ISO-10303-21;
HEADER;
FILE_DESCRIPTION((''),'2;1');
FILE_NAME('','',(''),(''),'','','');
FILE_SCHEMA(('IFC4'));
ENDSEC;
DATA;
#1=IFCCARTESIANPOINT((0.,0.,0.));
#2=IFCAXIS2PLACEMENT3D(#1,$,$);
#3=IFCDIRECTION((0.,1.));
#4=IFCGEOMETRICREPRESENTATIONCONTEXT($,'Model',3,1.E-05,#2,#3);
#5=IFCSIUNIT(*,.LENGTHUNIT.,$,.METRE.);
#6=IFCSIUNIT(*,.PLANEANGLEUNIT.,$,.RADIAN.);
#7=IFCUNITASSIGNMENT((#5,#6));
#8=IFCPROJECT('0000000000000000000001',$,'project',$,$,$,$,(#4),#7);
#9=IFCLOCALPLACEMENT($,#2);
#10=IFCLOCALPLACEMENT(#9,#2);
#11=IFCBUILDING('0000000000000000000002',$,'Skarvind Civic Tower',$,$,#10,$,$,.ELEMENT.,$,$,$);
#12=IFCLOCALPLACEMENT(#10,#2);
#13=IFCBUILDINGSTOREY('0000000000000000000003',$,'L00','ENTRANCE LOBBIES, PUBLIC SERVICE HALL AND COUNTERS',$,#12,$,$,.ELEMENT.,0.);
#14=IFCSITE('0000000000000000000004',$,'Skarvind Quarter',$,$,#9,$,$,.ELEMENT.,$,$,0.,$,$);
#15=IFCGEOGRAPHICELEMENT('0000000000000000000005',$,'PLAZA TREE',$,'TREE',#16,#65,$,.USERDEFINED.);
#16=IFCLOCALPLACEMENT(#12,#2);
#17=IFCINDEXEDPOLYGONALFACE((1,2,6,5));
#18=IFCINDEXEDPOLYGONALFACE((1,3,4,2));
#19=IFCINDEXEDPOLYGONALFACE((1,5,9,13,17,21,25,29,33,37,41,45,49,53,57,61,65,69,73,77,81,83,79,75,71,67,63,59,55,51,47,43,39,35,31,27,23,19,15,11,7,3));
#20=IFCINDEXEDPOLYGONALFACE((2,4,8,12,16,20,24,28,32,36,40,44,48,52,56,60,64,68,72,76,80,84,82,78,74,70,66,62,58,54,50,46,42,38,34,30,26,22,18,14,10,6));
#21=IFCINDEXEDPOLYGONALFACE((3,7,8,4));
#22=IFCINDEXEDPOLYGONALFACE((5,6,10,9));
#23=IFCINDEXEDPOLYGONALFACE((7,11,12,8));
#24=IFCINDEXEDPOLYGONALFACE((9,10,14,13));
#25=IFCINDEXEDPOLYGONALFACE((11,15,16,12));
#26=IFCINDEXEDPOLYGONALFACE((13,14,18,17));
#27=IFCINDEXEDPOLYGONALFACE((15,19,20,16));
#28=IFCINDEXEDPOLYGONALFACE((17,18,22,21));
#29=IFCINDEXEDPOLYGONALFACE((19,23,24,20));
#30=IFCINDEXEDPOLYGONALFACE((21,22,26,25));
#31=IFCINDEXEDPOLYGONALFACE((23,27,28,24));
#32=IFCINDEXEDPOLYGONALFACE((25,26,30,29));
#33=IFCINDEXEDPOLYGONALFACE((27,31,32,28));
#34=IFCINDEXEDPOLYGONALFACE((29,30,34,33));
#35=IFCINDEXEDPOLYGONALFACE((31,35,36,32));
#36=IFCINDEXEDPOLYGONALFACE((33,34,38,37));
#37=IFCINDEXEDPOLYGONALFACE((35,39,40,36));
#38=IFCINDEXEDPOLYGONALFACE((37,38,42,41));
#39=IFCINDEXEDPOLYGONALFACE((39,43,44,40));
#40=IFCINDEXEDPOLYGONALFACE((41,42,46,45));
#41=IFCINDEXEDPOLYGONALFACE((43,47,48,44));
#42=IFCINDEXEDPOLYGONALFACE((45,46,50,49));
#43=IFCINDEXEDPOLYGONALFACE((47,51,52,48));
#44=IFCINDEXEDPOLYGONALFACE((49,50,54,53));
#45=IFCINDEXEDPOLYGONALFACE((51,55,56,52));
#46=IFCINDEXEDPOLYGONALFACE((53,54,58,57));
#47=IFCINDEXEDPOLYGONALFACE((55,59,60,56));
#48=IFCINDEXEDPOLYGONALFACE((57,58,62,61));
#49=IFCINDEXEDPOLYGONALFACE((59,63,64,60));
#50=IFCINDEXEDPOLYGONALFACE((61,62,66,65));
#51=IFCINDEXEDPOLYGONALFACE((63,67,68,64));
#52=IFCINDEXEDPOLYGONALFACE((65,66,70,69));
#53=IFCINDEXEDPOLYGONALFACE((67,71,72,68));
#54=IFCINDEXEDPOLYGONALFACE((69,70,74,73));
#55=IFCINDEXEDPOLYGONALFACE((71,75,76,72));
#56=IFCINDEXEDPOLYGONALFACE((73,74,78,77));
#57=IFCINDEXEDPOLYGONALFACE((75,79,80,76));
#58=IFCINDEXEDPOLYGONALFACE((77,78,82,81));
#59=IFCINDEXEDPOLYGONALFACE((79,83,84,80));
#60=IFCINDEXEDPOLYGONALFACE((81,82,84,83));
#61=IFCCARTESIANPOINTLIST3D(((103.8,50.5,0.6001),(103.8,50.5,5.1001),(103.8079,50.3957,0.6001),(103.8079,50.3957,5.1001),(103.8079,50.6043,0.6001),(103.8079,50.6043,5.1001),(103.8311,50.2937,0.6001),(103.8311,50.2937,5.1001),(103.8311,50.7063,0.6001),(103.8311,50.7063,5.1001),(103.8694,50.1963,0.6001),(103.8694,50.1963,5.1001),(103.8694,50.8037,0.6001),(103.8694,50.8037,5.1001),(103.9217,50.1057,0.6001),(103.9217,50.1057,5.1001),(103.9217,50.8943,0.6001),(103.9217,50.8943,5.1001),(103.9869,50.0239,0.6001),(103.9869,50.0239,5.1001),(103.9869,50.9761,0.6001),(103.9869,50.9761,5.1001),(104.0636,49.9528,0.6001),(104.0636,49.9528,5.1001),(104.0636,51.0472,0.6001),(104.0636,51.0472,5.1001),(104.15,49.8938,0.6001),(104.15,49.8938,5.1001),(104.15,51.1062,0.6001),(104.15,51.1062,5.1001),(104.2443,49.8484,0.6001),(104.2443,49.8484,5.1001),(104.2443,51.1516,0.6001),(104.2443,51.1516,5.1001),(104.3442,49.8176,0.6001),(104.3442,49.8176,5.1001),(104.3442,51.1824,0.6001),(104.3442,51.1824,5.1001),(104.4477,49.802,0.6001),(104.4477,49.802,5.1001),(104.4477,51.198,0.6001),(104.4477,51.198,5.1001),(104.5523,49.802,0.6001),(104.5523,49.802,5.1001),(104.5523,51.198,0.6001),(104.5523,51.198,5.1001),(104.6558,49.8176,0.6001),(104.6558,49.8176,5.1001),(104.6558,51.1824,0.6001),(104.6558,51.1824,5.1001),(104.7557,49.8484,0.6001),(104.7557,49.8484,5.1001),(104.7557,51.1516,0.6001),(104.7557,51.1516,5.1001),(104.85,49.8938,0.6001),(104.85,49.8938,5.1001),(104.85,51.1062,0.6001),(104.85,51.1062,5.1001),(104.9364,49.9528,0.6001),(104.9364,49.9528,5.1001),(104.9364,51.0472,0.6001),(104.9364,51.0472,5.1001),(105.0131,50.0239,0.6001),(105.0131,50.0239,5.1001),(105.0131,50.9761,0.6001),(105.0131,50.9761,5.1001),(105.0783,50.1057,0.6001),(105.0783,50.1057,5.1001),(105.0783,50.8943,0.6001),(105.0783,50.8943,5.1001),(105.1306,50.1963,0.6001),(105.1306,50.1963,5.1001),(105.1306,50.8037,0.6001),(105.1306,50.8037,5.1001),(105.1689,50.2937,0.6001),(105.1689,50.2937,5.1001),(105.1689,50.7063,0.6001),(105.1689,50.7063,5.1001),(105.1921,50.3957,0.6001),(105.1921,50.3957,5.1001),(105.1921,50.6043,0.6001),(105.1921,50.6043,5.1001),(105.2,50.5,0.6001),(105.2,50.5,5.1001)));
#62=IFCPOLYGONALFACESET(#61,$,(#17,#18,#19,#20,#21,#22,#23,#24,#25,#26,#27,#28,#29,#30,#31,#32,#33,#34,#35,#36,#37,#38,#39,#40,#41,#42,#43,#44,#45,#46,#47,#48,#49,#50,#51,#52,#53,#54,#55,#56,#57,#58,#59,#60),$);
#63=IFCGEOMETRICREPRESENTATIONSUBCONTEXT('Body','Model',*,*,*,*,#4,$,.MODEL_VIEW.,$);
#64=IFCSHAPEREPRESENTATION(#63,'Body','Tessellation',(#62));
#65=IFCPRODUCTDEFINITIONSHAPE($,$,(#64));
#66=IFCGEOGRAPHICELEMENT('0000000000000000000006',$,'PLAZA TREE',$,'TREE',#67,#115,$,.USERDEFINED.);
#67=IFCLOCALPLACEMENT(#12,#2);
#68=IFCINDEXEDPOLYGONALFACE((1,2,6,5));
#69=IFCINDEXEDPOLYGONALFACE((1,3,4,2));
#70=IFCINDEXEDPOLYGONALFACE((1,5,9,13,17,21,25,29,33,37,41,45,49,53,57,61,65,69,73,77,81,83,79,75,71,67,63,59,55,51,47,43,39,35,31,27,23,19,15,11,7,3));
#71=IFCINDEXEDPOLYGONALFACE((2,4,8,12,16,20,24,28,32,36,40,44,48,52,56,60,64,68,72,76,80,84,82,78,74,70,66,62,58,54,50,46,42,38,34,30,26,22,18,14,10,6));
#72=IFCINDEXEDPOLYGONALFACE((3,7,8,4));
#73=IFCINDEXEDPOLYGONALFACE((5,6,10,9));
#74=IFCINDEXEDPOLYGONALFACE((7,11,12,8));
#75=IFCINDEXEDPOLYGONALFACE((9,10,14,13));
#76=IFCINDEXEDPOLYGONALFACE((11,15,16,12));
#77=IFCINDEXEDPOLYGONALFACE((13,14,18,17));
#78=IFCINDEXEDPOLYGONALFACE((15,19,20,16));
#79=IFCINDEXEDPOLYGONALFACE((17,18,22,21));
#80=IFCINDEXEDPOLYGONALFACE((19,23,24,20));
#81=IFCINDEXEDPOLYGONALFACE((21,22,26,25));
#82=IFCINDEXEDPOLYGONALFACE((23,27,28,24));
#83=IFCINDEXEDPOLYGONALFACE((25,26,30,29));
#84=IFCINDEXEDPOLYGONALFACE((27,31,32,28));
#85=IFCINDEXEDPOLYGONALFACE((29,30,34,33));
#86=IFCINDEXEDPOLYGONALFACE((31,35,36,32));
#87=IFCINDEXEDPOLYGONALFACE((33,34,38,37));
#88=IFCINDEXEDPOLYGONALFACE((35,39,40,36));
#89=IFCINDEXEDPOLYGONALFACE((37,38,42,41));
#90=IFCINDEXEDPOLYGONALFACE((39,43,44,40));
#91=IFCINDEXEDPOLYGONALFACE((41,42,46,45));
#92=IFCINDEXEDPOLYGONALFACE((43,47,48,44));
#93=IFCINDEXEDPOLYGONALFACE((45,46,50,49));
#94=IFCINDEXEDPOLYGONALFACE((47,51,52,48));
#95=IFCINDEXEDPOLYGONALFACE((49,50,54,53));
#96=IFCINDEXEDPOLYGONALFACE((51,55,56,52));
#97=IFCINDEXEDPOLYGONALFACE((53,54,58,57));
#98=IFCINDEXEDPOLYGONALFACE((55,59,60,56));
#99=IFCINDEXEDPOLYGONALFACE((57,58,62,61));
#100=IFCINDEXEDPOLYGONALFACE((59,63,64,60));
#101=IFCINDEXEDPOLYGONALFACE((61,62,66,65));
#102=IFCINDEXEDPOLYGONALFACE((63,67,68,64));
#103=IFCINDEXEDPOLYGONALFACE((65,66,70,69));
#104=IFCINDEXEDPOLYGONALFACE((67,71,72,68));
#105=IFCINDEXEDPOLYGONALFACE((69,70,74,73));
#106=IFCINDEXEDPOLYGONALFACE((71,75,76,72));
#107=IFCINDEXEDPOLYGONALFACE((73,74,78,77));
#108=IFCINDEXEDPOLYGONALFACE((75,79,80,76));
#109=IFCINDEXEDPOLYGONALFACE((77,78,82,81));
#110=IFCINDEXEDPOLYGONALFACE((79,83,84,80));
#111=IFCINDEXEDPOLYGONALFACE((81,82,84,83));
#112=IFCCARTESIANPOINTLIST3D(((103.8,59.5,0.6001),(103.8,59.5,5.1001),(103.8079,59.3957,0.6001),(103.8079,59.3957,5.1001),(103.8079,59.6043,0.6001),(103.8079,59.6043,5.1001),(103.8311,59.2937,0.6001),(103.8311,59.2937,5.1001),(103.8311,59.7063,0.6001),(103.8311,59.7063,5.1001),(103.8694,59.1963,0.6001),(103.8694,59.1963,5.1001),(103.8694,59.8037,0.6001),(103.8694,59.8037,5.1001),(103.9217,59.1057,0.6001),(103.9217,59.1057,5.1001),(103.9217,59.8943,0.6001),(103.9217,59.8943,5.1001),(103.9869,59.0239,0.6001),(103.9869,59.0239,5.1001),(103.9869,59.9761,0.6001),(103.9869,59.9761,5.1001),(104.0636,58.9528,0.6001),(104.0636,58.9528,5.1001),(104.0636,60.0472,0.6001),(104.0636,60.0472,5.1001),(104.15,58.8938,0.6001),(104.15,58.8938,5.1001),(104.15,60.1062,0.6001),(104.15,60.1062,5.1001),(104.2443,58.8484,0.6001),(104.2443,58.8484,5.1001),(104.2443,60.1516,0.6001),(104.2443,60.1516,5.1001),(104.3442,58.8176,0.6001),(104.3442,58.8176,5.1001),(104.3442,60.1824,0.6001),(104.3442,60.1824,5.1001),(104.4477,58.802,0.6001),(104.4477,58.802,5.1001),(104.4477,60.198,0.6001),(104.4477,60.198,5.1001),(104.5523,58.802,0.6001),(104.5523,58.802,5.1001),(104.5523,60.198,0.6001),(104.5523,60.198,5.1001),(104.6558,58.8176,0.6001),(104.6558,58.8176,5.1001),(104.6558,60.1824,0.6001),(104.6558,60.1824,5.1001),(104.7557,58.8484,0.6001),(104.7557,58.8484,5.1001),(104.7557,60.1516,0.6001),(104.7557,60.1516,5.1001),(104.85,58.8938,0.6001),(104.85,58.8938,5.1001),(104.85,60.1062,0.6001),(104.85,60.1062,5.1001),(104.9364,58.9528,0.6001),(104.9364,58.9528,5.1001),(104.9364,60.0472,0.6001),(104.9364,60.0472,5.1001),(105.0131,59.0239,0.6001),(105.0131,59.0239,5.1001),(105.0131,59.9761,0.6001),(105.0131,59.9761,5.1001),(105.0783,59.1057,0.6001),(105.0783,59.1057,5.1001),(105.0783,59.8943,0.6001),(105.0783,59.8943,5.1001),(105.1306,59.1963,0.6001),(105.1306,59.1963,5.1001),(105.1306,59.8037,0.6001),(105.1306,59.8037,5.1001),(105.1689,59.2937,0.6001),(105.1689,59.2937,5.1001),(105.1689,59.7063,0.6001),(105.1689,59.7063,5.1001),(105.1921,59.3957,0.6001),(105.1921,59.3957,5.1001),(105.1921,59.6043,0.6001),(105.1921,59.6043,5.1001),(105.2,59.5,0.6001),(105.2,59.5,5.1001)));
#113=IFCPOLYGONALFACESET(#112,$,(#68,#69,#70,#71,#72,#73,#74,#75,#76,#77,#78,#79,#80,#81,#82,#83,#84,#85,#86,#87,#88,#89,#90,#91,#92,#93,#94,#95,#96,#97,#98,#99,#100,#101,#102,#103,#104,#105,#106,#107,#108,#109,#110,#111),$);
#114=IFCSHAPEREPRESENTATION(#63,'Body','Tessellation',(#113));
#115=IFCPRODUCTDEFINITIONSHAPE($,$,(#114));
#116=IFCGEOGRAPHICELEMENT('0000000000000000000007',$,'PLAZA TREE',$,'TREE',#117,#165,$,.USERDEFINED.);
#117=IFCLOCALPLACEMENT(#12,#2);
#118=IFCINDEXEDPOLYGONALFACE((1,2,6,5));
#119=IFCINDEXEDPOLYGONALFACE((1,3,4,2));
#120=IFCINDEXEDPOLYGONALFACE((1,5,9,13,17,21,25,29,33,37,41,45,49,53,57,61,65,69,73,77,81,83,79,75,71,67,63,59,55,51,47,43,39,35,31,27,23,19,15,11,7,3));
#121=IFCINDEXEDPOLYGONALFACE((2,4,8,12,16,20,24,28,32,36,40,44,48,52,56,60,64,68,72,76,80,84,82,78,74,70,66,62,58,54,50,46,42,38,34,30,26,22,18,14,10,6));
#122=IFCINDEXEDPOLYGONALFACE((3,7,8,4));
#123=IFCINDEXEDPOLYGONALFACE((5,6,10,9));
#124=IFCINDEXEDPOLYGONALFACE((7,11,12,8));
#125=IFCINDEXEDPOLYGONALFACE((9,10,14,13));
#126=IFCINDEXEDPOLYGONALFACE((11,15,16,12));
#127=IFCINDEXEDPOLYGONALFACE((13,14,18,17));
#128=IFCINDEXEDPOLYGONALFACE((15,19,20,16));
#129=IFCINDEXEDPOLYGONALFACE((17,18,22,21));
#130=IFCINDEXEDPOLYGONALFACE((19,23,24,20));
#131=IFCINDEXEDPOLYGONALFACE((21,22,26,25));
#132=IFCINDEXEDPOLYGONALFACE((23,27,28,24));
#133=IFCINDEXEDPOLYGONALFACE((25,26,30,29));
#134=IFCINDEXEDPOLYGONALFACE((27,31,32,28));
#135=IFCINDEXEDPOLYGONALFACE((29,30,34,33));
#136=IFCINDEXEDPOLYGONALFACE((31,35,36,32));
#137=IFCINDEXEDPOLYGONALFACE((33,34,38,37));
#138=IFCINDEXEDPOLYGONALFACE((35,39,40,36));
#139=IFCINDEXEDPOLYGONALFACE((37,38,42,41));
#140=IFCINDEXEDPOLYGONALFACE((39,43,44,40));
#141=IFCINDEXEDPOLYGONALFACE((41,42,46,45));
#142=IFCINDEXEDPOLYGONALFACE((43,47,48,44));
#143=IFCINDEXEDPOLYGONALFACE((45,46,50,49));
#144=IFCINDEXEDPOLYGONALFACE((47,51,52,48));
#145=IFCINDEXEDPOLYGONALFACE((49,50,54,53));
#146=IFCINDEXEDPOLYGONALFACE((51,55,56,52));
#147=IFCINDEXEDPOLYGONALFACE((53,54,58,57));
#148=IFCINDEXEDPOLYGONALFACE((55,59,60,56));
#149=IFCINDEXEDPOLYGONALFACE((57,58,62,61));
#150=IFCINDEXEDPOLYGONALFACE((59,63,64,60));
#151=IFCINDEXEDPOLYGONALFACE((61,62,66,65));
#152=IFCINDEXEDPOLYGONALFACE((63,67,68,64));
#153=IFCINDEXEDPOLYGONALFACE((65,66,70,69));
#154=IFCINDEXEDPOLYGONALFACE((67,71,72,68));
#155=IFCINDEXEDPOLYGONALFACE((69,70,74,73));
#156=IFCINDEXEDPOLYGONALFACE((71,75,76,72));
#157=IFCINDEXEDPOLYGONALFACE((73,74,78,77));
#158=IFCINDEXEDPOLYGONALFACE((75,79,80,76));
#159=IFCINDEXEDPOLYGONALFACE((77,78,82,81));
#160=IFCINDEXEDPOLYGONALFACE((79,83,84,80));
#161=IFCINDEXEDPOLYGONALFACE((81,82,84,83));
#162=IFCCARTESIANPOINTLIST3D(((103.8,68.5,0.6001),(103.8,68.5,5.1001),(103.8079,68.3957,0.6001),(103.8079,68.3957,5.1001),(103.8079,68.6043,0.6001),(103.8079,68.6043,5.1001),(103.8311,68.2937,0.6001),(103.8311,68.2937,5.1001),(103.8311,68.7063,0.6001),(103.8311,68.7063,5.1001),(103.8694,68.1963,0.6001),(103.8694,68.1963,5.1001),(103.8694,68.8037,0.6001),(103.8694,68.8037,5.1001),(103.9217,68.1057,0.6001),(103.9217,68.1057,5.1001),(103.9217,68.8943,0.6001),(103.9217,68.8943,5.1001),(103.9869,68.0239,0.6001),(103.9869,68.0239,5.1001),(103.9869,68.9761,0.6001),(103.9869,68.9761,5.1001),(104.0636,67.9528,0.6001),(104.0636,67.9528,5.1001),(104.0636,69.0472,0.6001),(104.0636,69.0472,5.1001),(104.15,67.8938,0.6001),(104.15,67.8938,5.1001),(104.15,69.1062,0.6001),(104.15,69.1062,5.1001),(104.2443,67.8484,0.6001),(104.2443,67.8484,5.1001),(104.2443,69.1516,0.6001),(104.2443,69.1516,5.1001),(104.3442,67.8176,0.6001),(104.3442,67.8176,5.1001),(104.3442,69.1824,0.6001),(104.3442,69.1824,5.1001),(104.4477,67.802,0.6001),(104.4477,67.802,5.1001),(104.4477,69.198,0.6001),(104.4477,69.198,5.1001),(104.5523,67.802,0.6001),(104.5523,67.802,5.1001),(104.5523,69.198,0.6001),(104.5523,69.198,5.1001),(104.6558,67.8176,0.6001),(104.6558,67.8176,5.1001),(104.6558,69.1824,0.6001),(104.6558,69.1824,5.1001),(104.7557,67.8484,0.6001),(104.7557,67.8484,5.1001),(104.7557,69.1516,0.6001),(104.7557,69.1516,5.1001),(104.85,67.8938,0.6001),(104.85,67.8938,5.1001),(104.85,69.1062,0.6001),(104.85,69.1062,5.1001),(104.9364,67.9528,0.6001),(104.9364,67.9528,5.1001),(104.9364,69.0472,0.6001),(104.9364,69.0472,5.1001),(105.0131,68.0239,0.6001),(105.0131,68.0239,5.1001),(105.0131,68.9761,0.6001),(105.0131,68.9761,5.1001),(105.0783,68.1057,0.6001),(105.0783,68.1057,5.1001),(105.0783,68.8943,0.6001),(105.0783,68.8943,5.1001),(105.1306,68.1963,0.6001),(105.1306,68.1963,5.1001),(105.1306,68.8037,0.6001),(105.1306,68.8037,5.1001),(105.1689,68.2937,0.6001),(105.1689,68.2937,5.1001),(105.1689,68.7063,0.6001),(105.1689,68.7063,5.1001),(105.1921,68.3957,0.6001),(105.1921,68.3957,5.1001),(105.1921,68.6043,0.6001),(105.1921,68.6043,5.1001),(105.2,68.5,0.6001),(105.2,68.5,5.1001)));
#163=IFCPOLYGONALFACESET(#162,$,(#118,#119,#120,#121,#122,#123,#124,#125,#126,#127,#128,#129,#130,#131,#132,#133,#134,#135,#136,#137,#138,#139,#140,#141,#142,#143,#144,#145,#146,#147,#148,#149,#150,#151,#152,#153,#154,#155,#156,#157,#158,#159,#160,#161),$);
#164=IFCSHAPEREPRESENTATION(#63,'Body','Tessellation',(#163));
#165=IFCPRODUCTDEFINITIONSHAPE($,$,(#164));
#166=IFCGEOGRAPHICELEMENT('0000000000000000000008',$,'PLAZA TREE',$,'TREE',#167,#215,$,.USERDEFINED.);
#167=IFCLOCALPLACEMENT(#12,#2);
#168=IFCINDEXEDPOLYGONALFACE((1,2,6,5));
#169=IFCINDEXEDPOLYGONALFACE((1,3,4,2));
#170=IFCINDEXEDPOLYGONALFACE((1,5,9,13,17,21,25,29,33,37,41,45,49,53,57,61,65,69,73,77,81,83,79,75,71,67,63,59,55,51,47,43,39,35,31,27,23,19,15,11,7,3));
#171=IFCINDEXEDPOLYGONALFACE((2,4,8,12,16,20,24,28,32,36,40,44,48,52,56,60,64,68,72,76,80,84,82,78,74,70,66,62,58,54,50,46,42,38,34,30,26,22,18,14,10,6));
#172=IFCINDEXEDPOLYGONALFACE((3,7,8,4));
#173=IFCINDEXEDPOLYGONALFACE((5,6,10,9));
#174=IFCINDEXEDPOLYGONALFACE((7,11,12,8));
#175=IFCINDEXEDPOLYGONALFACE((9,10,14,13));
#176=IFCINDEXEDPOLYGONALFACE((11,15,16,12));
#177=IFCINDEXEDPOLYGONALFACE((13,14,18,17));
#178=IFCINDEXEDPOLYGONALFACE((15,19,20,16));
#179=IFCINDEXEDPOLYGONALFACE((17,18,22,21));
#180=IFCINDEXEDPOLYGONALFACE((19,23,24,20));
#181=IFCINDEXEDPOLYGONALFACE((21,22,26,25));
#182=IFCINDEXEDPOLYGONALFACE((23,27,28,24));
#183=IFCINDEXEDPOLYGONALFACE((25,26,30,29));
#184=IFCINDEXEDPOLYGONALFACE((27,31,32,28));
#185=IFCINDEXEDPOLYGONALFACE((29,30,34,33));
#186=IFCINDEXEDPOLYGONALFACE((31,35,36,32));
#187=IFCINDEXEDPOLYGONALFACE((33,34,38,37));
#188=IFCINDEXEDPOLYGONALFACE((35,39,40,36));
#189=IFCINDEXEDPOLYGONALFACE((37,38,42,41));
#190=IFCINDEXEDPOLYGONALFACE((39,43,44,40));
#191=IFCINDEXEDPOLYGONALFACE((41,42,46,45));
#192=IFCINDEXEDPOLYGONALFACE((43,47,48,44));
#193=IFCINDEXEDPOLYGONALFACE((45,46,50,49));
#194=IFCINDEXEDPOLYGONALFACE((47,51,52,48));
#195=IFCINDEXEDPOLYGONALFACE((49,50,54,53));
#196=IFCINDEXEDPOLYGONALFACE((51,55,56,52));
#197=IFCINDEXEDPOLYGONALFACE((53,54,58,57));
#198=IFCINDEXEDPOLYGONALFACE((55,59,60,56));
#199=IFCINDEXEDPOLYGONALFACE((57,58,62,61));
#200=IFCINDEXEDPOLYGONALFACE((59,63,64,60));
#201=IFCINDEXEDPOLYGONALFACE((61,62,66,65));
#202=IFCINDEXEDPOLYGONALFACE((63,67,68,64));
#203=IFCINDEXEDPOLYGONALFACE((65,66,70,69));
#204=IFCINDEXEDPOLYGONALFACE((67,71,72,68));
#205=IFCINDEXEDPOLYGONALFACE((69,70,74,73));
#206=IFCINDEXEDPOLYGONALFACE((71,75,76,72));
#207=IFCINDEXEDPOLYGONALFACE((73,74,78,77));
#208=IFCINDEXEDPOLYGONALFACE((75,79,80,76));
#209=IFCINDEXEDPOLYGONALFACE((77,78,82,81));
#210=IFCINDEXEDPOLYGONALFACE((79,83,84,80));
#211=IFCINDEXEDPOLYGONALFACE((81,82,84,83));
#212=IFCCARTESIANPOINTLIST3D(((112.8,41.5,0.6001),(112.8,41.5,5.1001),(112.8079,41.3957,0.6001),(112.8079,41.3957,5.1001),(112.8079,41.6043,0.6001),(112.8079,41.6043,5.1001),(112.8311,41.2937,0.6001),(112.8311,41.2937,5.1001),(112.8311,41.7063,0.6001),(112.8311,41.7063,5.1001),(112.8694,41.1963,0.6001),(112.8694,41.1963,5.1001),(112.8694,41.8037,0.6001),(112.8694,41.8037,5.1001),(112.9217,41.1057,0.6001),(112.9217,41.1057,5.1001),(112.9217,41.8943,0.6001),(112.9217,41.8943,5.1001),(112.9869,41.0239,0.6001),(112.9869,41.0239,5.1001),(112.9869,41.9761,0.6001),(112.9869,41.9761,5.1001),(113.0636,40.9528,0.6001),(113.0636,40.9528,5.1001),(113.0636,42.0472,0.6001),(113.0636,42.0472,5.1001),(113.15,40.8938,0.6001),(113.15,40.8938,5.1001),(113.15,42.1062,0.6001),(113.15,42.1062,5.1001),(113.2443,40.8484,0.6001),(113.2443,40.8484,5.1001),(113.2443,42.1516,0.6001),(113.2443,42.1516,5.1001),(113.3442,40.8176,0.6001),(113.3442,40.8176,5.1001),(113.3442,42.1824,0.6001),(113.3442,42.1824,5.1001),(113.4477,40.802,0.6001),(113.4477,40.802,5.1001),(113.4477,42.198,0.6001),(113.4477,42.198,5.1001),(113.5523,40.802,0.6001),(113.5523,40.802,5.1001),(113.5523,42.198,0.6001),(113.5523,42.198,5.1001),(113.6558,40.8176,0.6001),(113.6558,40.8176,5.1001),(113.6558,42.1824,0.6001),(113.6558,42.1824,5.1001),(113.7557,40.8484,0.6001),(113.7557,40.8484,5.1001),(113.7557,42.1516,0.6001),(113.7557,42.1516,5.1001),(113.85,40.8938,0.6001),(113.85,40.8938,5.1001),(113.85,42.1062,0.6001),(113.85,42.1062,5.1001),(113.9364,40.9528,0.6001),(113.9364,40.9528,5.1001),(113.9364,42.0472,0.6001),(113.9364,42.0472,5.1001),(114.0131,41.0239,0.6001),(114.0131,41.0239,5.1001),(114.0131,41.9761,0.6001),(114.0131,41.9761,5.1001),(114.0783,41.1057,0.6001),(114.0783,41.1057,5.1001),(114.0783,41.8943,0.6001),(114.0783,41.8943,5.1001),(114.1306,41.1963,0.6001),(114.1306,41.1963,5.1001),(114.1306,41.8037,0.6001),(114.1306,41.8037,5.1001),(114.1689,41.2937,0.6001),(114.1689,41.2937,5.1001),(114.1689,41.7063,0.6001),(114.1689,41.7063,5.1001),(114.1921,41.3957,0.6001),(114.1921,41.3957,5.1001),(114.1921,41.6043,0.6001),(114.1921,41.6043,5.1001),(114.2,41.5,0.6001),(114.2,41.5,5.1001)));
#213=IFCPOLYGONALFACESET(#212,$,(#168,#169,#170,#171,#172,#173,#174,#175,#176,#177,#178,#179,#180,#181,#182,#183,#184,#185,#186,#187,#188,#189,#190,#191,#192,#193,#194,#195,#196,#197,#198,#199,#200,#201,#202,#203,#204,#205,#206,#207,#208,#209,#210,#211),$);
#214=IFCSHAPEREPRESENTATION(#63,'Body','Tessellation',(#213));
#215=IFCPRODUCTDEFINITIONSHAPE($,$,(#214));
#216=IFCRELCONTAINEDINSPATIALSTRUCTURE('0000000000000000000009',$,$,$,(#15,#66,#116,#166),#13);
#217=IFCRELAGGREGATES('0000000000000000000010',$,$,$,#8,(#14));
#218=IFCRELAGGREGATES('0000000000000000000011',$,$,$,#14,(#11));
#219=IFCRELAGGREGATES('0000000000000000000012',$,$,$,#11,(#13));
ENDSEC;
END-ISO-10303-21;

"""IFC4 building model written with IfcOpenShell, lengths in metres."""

from ifc_helpers import new_model, si_unit, direction, frame, origin, origin_2d, place, context, subcontext, project, spatial, circle, extrude, element, save


model = new_model("IFC4")

# Units and contexts
model_context = context("Model", 3, precision=1e-05, world=origin(), true_north=direction((0.0, 1.0)))
body_context = subcontext(model_context, "Body", "Model", "MODEL_VIEW")
ifc_project = project(units=[si_unit("LENGTHUNIT", "METRE"), si_unit("PLANEANGLEUNIT", "RADIAN")], contexts=[model_context])

# Site, building, storey
site_placement = place(None, origin())
site = spatial("IfcSite", under=ifc_project, at=site_placement, Name="Skarvind Quarter", CompositionType="ELEMENT", RefElevation=0.0)
building_placement = place(site_placement, origin())
building = spatial("IfcBuilding", under=site, at=building_placement, Name="Skarvind Civic Tower", CompositionType="ELEMENT")
storey_placement = place(building_placement, origin())
storey = spatial("IfcBuildingStorey", under=building, at=storey_placement, Name="L00", Description="ENTRANCE LOBBIES, PUBLIC SERVICE HALL AND COUNTERS", CompositionType="ELEMENT", Elevation=0.0)

# Geographic elements
for number, where, z_axis, x_axis, name in (
    (1, (104.5, 50.5, 0.6001), (0.0, 0.0, 1.0), (1.0, 0.0, 0.0), "PLAZA TREE"),
    (2, (104.5, 59.5, 0.6001), (0.0, 0.0, 1.0), (1.0, 0.0, 0.0), "PLAZA TREE"),
    (3, (104.5, 68.5, 0.6001), (0.0, 0.0, 1.0), (1.0, 0.0, 0.0), "PLAZA TREE"),
    (4, (113.5, 41.5, 0.6001), (0.0, 0.0, 1.0), (1.0, 0.0, 0.0), "PLAZA TREE"),
):
    element("IfcGeographicElement", number, at=place(storey_placement, frame(where, z_axis=z_axis, x_axis=x_axis)), inside=storey, Name=name, ObjectType="TREE", PredefinedType="USERDEFINED", context=body_context, shape_type="SweptSolid", body=[
        extrude(circle(Radius=0.7, at=origin_2d()), origin(), (0.0, 0.0, 1.0), 4.5),
    ])

save(model, "model.ifc")
